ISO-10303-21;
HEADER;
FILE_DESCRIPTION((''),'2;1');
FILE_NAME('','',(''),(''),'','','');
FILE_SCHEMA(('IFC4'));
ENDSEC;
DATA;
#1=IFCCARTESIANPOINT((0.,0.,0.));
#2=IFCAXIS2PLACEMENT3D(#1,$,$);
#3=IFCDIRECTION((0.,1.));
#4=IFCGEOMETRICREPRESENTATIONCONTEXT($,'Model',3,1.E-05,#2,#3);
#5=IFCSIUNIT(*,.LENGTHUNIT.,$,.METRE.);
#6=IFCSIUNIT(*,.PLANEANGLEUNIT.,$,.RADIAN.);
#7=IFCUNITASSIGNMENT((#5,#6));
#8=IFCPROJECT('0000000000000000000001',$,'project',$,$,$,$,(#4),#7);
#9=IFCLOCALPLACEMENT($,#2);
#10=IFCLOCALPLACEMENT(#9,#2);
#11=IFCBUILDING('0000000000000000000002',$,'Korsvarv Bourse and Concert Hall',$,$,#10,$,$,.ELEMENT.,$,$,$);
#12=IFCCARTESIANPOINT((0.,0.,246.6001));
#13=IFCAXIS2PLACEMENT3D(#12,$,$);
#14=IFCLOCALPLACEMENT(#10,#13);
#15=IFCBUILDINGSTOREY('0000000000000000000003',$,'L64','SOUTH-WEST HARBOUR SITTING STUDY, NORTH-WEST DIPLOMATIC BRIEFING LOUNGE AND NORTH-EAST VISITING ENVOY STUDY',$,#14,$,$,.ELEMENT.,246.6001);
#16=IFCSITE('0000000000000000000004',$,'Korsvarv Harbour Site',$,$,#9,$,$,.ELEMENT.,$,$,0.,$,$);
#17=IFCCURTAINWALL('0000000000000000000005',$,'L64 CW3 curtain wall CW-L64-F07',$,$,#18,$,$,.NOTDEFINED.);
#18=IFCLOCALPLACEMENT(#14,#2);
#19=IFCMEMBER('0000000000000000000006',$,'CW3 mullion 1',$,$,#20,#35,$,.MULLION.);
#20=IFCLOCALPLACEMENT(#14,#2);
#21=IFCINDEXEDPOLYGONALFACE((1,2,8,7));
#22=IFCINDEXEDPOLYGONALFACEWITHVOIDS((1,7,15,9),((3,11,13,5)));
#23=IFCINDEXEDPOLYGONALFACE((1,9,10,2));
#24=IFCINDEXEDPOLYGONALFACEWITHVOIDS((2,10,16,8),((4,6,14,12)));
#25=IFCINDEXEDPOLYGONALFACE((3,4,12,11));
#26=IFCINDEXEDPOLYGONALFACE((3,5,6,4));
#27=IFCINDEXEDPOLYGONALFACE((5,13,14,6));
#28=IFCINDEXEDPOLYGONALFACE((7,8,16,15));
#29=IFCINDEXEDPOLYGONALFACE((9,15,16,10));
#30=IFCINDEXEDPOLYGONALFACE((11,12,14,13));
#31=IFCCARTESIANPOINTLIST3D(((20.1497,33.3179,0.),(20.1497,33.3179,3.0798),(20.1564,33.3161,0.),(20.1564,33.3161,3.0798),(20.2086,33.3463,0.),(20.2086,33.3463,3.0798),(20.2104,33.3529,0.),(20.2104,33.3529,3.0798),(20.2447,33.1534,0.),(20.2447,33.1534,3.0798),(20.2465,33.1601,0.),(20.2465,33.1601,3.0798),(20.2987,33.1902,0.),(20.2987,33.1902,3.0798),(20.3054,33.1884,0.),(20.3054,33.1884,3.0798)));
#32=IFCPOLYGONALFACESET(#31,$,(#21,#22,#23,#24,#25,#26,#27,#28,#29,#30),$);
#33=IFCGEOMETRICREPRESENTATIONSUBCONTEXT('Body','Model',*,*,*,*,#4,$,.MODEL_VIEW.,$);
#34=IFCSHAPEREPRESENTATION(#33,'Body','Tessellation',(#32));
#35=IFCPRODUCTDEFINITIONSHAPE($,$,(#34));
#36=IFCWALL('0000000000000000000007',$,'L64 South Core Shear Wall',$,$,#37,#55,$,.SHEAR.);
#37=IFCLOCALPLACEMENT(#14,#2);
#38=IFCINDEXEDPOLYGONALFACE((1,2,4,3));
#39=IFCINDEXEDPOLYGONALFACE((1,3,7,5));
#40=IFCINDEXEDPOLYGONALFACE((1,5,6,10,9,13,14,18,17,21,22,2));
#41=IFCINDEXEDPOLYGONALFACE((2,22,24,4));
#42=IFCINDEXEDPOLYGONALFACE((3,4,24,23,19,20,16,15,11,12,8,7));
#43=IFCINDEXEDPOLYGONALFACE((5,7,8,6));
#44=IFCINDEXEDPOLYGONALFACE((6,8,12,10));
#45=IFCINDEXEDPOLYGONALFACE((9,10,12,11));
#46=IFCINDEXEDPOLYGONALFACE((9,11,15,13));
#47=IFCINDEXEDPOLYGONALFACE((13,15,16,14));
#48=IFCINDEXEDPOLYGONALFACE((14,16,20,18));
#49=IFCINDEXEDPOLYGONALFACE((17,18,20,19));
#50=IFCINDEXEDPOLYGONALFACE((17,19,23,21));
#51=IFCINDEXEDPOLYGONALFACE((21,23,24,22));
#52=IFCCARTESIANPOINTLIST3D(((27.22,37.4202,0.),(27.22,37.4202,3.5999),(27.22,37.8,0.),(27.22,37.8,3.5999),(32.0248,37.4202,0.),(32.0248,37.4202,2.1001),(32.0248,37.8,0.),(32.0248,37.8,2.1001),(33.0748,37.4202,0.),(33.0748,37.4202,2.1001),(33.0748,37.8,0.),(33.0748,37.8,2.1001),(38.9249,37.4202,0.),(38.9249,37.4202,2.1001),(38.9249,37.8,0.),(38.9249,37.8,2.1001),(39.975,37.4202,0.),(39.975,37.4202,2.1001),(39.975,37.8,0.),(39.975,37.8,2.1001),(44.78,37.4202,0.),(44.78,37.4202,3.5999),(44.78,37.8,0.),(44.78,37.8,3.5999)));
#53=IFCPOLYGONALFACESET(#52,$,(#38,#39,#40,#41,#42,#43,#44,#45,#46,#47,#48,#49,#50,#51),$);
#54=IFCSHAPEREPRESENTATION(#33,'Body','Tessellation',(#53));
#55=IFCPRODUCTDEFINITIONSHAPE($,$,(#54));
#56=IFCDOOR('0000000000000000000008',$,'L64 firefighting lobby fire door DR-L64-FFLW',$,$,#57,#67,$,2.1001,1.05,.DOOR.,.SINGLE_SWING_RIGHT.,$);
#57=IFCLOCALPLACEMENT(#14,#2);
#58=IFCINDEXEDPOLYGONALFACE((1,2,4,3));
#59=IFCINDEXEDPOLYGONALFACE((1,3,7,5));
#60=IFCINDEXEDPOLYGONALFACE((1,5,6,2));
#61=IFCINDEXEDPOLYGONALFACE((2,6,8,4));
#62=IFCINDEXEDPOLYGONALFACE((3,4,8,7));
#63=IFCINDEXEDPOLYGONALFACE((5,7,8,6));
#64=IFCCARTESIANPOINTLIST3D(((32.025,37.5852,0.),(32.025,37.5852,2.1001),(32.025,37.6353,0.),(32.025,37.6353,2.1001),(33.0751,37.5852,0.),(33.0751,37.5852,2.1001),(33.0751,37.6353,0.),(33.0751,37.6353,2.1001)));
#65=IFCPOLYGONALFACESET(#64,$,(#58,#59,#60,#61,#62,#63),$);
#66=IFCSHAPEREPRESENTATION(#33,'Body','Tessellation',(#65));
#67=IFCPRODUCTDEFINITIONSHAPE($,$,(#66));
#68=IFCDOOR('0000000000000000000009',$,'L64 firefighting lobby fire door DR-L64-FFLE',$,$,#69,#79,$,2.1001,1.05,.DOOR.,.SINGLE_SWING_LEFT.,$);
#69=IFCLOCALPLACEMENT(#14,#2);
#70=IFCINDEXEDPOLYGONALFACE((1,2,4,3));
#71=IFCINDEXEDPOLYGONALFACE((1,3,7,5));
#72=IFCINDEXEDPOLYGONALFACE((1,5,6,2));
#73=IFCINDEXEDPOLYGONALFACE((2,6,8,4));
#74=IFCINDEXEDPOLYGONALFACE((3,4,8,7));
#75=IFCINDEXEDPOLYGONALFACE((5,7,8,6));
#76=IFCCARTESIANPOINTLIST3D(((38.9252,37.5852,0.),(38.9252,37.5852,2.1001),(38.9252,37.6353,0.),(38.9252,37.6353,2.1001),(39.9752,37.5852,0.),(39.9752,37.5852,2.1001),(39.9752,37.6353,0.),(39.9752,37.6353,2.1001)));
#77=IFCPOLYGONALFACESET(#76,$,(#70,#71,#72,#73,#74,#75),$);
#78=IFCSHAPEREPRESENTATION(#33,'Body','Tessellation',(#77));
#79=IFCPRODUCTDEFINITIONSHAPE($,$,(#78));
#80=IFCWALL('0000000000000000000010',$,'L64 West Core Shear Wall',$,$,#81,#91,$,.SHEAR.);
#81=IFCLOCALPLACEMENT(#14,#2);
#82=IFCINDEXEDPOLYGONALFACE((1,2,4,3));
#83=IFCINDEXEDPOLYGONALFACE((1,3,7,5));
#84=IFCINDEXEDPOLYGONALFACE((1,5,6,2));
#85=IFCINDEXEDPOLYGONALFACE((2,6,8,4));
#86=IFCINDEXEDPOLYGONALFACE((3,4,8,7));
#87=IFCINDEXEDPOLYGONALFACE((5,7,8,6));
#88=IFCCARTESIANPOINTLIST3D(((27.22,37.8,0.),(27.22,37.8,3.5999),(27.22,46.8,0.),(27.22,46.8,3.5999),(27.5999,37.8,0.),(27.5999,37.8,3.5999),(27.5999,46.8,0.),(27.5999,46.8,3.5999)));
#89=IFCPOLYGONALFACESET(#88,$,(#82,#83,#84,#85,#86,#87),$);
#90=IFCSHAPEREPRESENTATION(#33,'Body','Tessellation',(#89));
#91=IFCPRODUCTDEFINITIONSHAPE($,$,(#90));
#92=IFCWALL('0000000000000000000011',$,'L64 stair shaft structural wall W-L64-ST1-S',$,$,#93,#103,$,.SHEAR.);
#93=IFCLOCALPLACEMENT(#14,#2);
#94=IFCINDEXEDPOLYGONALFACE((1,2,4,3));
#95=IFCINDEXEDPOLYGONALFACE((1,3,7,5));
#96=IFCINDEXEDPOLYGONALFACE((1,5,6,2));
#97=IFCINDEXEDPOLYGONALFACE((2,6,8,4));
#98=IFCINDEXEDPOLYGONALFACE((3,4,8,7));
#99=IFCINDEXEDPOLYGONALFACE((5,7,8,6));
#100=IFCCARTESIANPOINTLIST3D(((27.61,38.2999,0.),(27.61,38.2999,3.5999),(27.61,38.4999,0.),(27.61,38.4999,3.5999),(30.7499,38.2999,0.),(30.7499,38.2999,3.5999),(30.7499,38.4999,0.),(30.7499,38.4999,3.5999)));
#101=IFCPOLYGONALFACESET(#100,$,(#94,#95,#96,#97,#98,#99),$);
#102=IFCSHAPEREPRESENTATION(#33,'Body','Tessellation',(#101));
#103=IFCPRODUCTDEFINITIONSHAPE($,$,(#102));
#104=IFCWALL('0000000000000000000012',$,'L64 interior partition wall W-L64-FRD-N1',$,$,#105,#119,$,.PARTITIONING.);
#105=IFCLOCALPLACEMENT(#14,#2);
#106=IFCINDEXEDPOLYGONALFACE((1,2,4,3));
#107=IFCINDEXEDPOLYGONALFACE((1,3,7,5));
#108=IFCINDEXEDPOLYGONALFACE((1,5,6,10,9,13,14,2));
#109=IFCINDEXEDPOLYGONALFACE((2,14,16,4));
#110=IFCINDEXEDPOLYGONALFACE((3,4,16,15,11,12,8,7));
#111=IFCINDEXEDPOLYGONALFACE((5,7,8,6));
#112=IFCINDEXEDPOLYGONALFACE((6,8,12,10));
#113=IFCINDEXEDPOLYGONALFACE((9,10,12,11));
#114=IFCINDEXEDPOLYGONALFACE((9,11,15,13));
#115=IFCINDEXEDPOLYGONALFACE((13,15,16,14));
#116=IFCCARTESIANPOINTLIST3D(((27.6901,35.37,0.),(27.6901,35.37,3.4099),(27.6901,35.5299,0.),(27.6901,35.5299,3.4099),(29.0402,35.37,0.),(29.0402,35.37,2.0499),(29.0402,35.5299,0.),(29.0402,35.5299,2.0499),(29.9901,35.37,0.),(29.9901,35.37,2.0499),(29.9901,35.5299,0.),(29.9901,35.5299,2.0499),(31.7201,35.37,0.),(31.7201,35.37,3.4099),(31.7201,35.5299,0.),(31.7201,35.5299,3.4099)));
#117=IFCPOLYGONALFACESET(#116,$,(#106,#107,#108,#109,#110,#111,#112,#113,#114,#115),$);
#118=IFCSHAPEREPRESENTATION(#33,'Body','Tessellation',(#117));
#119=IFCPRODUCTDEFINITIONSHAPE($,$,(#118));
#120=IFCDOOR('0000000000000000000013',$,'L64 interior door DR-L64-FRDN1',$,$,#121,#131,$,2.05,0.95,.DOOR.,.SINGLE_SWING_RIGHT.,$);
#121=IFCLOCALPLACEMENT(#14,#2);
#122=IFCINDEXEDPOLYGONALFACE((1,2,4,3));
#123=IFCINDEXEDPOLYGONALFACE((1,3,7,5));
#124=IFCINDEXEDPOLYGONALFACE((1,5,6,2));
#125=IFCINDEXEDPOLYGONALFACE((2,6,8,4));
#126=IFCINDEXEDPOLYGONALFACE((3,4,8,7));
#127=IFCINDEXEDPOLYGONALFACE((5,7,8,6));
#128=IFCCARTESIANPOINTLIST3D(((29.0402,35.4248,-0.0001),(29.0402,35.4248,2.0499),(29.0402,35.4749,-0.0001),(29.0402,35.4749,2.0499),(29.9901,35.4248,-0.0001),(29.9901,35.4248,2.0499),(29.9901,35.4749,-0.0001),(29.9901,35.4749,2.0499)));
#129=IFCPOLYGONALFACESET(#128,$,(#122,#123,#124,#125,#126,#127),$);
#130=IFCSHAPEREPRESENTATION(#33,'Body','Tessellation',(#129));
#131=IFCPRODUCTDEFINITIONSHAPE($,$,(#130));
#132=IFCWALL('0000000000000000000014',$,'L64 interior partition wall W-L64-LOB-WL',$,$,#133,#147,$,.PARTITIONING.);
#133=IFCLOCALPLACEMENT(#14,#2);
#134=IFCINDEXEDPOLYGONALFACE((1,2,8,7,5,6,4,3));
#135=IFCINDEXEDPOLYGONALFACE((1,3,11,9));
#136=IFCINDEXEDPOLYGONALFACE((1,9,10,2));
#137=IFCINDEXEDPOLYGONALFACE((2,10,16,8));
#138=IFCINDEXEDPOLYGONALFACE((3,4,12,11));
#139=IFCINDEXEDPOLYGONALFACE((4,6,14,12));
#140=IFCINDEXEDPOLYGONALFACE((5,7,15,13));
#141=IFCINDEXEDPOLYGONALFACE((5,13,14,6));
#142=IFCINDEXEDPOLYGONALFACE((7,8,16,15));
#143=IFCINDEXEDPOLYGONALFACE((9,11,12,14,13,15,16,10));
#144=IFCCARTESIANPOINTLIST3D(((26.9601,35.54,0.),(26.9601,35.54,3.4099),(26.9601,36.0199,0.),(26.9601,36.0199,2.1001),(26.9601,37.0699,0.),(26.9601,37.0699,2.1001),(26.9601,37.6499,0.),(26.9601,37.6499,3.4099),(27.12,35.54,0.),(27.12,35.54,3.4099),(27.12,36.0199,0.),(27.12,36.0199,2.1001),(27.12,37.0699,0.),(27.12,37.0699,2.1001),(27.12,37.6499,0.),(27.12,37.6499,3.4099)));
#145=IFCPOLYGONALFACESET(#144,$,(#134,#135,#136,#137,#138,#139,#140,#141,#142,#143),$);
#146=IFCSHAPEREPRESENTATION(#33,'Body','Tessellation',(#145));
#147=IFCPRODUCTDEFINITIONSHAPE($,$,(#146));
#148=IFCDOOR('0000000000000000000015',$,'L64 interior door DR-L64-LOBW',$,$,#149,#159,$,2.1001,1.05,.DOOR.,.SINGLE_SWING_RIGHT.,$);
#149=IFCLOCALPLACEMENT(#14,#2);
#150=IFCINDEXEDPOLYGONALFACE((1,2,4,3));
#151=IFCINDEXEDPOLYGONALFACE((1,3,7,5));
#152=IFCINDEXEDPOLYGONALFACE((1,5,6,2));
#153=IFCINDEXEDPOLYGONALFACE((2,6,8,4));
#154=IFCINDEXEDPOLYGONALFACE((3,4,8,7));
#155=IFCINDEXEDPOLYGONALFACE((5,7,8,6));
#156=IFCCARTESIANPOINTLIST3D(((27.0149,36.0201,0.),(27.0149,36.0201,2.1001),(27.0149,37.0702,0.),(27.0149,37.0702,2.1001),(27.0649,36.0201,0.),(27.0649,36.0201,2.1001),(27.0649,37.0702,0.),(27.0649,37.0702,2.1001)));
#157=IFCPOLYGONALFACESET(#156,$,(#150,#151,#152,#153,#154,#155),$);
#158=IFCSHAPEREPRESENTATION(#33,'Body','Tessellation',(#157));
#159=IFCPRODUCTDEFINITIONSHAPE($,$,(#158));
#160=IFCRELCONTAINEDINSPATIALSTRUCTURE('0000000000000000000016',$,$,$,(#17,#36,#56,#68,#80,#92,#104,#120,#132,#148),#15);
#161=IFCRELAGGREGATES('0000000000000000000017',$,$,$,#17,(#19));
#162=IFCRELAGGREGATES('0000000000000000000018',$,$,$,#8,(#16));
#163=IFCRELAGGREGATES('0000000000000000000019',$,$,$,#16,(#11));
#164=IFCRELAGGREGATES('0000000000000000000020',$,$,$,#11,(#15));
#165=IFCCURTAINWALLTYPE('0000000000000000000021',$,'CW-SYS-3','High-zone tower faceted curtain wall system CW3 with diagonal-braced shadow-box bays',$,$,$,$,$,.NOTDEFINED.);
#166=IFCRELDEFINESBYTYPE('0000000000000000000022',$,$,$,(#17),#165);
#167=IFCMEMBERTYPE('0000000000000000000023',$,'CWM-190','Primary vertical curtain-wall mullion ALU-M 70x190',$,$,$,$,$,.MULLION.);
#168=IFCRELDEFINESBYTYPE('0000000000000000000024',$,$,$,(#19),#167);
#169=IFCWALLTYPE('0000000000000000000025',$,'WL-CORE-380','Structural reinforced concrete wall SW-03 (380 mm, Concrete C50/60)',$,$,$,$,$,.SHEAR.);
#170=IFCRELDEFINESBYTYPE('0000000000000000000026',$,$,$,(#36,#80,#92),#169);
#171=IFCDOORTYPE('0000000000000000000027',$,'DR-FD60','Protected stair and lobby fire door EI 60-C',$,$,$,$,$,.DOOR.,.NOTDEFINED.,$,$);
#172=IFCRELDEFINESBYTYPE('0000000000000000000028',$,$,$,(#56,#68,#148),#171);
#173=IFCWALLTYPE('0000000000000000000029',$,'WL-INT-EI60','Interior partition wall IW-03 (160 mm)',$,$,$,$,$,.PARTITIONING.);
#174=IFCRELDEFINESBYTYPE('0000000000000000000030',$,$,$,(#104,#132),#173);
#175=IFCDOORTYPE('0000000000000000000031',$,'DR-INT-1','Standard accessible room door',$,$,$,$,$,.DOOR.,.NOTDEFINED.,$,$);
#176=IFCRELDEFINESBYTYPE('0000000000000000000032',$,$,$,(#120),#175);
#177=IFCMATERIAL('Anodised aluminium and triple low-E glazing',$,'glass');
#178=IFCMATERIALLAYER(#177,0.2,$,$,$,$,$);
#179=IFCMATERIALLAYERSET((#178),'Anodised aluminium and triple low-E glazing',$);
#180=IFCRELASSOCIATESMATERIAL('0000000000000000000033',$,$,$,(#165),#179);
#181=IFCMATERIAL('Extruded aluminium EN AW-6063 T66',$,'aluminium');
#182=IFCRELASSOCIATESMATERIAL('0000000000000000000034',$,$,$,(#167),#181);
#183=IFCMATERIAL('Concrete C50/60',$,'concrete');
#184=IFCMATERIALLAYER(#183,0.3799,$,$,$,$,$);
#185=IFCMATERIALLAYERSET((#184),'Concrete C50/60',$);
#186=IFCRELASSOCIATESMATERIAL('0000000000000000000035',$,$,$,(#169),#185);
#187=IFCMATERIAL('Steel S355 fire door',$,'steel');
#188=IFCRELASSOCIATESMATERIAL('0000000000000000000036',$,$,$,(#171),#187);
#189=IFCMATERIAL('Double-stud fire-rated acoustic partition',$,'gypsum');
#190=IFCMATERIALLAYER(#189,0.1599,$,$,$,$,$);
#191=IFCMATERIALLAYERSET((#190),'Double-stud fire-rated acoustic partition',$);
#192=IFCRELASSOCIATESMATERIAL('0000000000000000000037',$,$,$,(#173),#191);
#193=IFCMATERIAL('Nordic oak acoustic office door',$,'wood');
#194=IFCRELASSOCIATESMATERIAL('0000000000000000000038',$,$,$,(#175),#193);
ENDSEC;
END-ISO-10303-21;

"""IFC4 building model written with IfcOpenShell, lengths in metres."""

from ifc_helpers import new_model, si_unit, direction, frame, frame_2d, origin, origin_2d, place, context, subcontext, project, spatial, rectangle, hollow_rectangle, extrude, source, transform, mapped, material, layer, layer_set, material_profile, profile_set, type_object, element, fill, aggregate, save


model = new_model("IFC4")

# Units and contexts
model_context = context("Model", 3, precision=1e-05, world=origin(), true_north=direction((0.0, 1.0)))
body_context = subcontext(model_context, "Body", "Model", "MODEL_VIEW")
ifc_project = project(units=[si_unit("LENGTHUNIT", "METRE"), si_unit("PLANEANGLEUNIT", "RADIAN")], contexts=[model_context])

# Site, building, storey
site_placement = place(None, origin())
site = spatial("IfcSite", under=ifc_project, at=site_placement, Name="Korsvarv Harbour Site", CompositionType="ELEMENT", RefElevation=0.0)
building_placement = place(site_placement, origin())
building = spatial("IfcBuilding", under=site, at=building_placement, Name="Korsvarv Bourse and Concert Hall", CompositionType="ELEMENT")
storey_placement = place(building_placement, frame((0.0, 0.0, 246.6001)))
storey = spatial("IfcBuildingStorey", under=building, at=storey_placement, Name="L64", Description="SOUTH-WEST HARBOUR SITTING STUDY, NORTH-WEST DIPLOMATIC BRIEFING LOUNGE AND NORTH-EAST VISITING ENVOY STUDY", CompositionType="ELEMENT", Elevation=246.6001)

# Shared definitions
ifc_material_1 = material(Name="Concrete C50/60", Category="concrete")

# Curtain wall, member
ifc_material_2 = material(Name="Anodised aluminium and triple low-E glazing", Category="glass")
ifc_layer_1 = layer(ifc_material_2, 0.2)
ifc_layer_set_1 = layer_set([ifc_layer_1], Name="Anodised aluminium and triple low-E glazing")
curtain_wall_type = type_object("IfcCurtainWallType", Name="CW-SYS-3", Description="High-zone tower faceted curtain wall system CW3 with diagonal-braced shadow-box bays", PredefinedType="NOTDEFINED", material=ifc_layer_set_1)
curtain_wall_placement = place(storey_placement, origin())
curtain_wall = element("IfcCurtainWall", 1, at=curtain_wall_placement, inside=storey, type_object=curtain_wall_type, Name="L64 CW3 curtain wall CW-L64-F07", PredefinedType="NOTDEFINED")
ifc_material_3 = material(Name="Extruded aluminium EN AW-6063 T66", Category="aluminium")
ifc_material_profile_1 = material_profile(ifc_material_3, hollow_rectangle(XDim=0.0701, YDim=0.1899, WallThickness=0.0049, at=origin_2d()), Name="ALU-M 70x190")
ifc_profile_set_1 = profile_set([ifc_material_profile_1], Name="Extruded aluminium EN AW-6063 T66")
member_type = type_object("IfcMemberType", Name="CWM-190", Description="Primary vertical curtain-wall mullion ALU-M 70x190", PredefinedType="MULLION", material=ifc_profile_set_1)
shared_shape_1 = source(origin(), body_context, "Body", "SweptSolid", [
    extrude(hollow_rectangle(XDim=0.0701, YDim=0.1899, WallThickness=0.0049, at=origin_2d()), origin(), (0.0, 0.0, 1.0), 3.0798),
])
member_placement = place(storey_placement, frame((20.2275, 33.2532, 0.0), z_axis=(0.0, 0.0, 1.0), x_axis=(0.866022, 0.500006, 0.0)))
member = element("IfcMember", 2, at=member_placement, type_object=member_type, Name="CW3 mullion 1", PredefinedType="MULLION", context=body_context, shape_type="MappedRepresentation", body=[
    mapped(shared_shape_1, transform((0.0, 0.0, 0.0), scale=1.0)),
])
aggregate(curtain_wall, [member])

# Wall, openings, doors
ifc_layer_2 = layer(ifc_material_1, 0.3799)
ifc_layer_set_2 = layer_set([ifc_layer_2], Name="Concrete C50/60")
wall_type_1 = type_object("IfcWallType", Name="WL-CORE-380", Description="Structural reinforced concrete wall SW-03 (380 mm, Concrete C50/60)", PredefinedType="SHEAR", material=ifc_layer_set_2)
wall_1_placement = place(storey_placement, frame((27.22, 37.6101, 0.0), z_axis=(0.0, 0.0, 1.0), x_axis=(1.0, 0.0, 0.0)))
wall_1 = element("IfcWall", 3, at=wall_1_placement, inside=storey, type_object=wall_type_1, Name="L64 South Core Shear Wall", PredefinedType="SHEAR", context=body_context, shape_type="SweptSolid", body=[
    extrude(rectangle(XDim=17.5601, YDim=0.3799, at=frame_2d((8.78, 0.0))), origin(), (0.0, 0.0, 1.0), 3.5999),
])
opening_1_placement = place(wall_1_placement, frame((4.8049, 0.0, 0.0)))
opening_1 = element("IfcOpeningElement", 4, at=opening_1_placement, cuts=wall_1, PredefinedType="OPENING", context=body_context, shape_type="SweptSolid", body=[
    extrude(rectangle(XDim=1.05, YDim=2.1001, at=frame_2d((0.5249, 1.05))), frame((0.0, 0.2, 0.0), z_axis=(0.0, -1.0, 0.0), x_axis=(1.0, 0.0, 0.0)), (0.0, 0.0, 1.0), 0.3999),
])
opening_2_placement = place(wall_1_placement, frame((11.7051, 0.0, 0.0)))
opening_2 = element("IfcOpeningElement", 5, at=opening_2_placement, cuts=wall_1, PredefinedType="OPENING", context=body_context, shape_type="SweptSolid", body=[
    extrude(rectangle(XDim=1.05, YDim=2.1001, at=frame_2d((0.5249, 1.05))), frame((0.0, 0.2, 0.0), z_axis=(0.0, -1.0, 0.0), x_axis=(1.0, 0.0, 0.0)), (0.0, 0.0, 1.0), 0.3999),
])
ifc_material_4 = material(Name="Steel S355 fire door", Category="steel")
door_type_1 = type_object("IfcDoorType", Name="DR-FD60", Description="Protected stair and lobby fire door EI 60-C", OperationType="NOTDEFINED", PredefinedType="DOOR", material=ifc_material_4)
door_1_placement = place(opening_1_placement, frame((1.05, 0.0, 0.0), z_axis=(0.0, 0.0, 1.0), x_axis=(-1.0, 0.0, 0.0)))
door_1 = element("IfcDoor", 6, at=door_1_placement, inside=storey, type_object=door_type_1, Name="L64 firefighting lobby fire door DR-L64-FFLW", OperationType="SINGLE_SWING_RIGHT", OverallHeight=2.1001, OverallWidth=1.05, PredefinedType="DOOR", context=body_context, shape_type="SweptSolid", body=[
    extrude(rectangle(XDim=1.05, YDim=2.1001, at=frame_2d((0.5249, 1.05))), frame((0.0, 0.0249, 0.0), z_axis=(0.0, -1.0, 0.0), x_axis=(1.0, 0.0, 0.0)), (0.0, 0.0, 1.0), 0.05),
])
fill(opening_1, door_1)
door_2_placement = place(opening_2_placement, frame((1.05, 0.0, 0.0), z_axis=(0.0, 0.0, 1.0), x_axis=(-1.0, 0.0, 0.0)))
door_2 = element("IfcDoor", 7, at=door_2_placement, inside=storey, type_object=door_type_1, Name="L64 firefighting lobby fire door DR-L64-FFLE", OperationType="SINGLE_SWING_LEFT", OverallHeight=2.1001, OverallWidth=1.05, PredefinedType="DOOR", context=body_context, shape_type="SweptSolid", body=[
    extrude(rectangle(XDim=1.05, YDim=2.1001, at=frame_2d((0.5249, 1.05))), frame((0.0, 0.0249, 0.0), z_axis=(0.0, -1.0, 0.0), x_axis=(1.0, 0.0, 0.0)), (0.0, 0.0, 1.0), 0.05),
])
fill(opening_2, door_2)

# Walls
wall_2_placement = place(storey_placement, frame((27.4099, 37.8, 0.0), z_axis=(0.0, 0.0, 1.0), x_axis=(0.0, 1.0, 0.0)))
element("IfcWall", 8, at=wall_2_placement, inside=storey, type_object=wall_type_1, Name="L64 West Core Shear Wall", PredefinedType="SHEAR", context=body_context, shape_type="SweptSolid", body=[
    extrude(rectangle(XDim=9.0, YDim=0.3799, at=frame_2d((4.5, 0.0))), origin(), (0.0, 0.0, 1.0), 3.5999),
])
wall_3_placement = place(storey_placement, frame((27.6101, 38.3999, 0.0), z_axis=(0.0, 0.0, 1.0), x_axis=(1.0, 0.0, 0.0)))
element("IfcWall", 9, at=wall_3_placement, inside=storey, type_object=wall_type_1, Name="L64 stair shaft structural wall W-L64-ST1-S", PredefinedType="SHEAR", context=body_context, shape_type="SweptSolid", body=[
    extrude(rectangle(XDim=3.1399, YDim=0.2, at=frame_2d((1.5698, 0.0))), origin(), (0.0, 0.0, 1.0), 3.5999),
])

# Walls, openings, doors
ifc_material_5 = material(Name="Double-stud fire-rated acoustic partition", Category="gypsum")
ifc_layer_3 = layer(ifc_material_5, 0.1599)
ifc_layer_set_3 = layer_set([ifc_layer_3], Name="Double-stud fire-rated acoustic partition")
wall_type_2 = type_object("IfcWallType", Name="WL-INT-EI60", Description="Interior partition wall IW-03 (160 mm)", PredefinedType="PARTITIONING", material=ifc_layer_set_3)
wall_4_placement = place(storey_placement, frame((27.6899, 35.45, 0.0), z_axis=(0.0, 0.0, 1.0), x_axis=(1.0, 0.0, 0.0)))
wall_4 = element("IfcWall", 10, at=wall_4_placement, inside=storey, type_object=wall_type_2, Name="L64 interior partition wall W-L64-FRD-N1", PredefinedType="PARTITIONING", context=body_context, shape_type="SweptSolid", body=[
    extrude(rectangle(XDim=4.03, YDim=0.1599, at=frame_2d((2.0151, 0.0))), origin(), (0.0, 0.0, 1.0), 3.4099),
])
opening_3_placement = place(wall_4_placement, frame((1.3501, 0.0, 0.0)))
opening_3 = element("IfcOpeningElement", 11, at=opening_3_placement, cuts=wall_4, PredefinedType="OPENING", context=body_context, shape_type="SweptSolid", body=[
    extrude(rectangle(XDim=0.95, YDim=2.05, at=frame_2d((0.4751, 1.0249))), frame((0.0, 0.0898, 0.0), z_axis=(0.0, -1.0, 0.0), x_axis=(1.0, 0.0, 0.0)), (0.0, 0.0, 1.0), 0.1799),
])
ifc_material_6 = material(Name="Nordic oak acoustic office door", Category="wood")
door_type_2 = type_object("IfcDoorType", Name="DR-INT-1", Description="Standard accessible room door", OperationType="NOTDEFINED", PredefinedType="DOOR", material=ifc_material_6)
door_3_placement = place(opening_3_placement, origin())
door_3 = element("IfcDoor", 12, at=door_3_placement, inside=storey, type_object=door_type_2, Name="L64 interior door DR-L64-FRDN1", OperationType="SINGLE_SWING_RIGHT", OverallHeight=2.05, OverallWidth=0.95, PredefinedType="DOOR", context=body_context, shape_type="SweptSolid", body=[
    extrude(rectangle(XDim=0.95, YDim=2.05, at=frame_2d((0.4751, 1.0249))), frame((0.0, 0.0249, 0.0), z_axis=(0.0, -1.0, 0.0), x_axis=(1.0, 0.0, 0.0)), (0.0, 0.0, 1.0), 0.05),
])
fill(opening_3, door_3)
wall_5_placement = place(storey_placement, frame((27.04, 35.54, 0.0), z_axis=(0.0, 0.0, 1.0), x_axis=(0.0, 1.0, 0.0)))
wall_5 = element("IfcWall", 13, at=wall_5_placement, inside=storey, type_object=wall_type_2, Name="L64 interior partition wall W-L64-LOB-WL", PredefinedType="PARTITIONING", context=body_context, shape_type="SweptSolid", body=[
    extrude(rectangle(XDim=2.1099, YDim=0.1599, at=frame_2d((1.0549, 0.0))), origin(), (0.0, 0.0, 1.0), 3.4099),
])
opening_4_placement = place(wall_5_placement, frame((0.48, 0.0, 0.0)))
opening_4 = element("IfcOpeningElement", 14, at=opening_4_placement, cuts=wall_5, PredefinedType="OPENING", context=body_context, shape_type="SweptSolid", body=[
    extrude(rectangle(XDim=1.05, YDim=2.1001, at=frame_2d((0.5249, 1.05))), frame((0.0, 0.0898, 0.0), z_axis=(0.0, -1.0, 0.0), x_axis=(1.0, 0.0, 0.0)), (0.0, 0.0, 1.0), 0.1799),
])
door_4_placement = place(opening_4_placement, frame((1.05, 0.0, 0.0), z_axis=(0.0, 0.0, 1.0), x_axis=(-1.0, 0.0, 0.0)))
door_4 = element("IfcDoor", 15, at=door_4_placement, inside=storey, type_object=door_type_1, Name="L64 interior door DR-L64-LOBW", OperationType="SINGLE_SWING_RIGHT", OverallHeight=2.1001, OverallWidth=1.05, PredefinedType="DOOR", context=body_context, shape_type="SweptSolid", body=[
    extrude(rectangle(XDim=1.05, YDim=2.1001, at=frame_2d((0.5249, 1.05))), frame((0.0, 0.0249, 0.0), z_axis=(0.0, -1.0, 0.0), x_axis=(1.0, 0.0, 0.0)), (0.0, 0.0, 1.0), 0.05),
])
fill(opening_4, door_4)

save(model, "model.ifc")
